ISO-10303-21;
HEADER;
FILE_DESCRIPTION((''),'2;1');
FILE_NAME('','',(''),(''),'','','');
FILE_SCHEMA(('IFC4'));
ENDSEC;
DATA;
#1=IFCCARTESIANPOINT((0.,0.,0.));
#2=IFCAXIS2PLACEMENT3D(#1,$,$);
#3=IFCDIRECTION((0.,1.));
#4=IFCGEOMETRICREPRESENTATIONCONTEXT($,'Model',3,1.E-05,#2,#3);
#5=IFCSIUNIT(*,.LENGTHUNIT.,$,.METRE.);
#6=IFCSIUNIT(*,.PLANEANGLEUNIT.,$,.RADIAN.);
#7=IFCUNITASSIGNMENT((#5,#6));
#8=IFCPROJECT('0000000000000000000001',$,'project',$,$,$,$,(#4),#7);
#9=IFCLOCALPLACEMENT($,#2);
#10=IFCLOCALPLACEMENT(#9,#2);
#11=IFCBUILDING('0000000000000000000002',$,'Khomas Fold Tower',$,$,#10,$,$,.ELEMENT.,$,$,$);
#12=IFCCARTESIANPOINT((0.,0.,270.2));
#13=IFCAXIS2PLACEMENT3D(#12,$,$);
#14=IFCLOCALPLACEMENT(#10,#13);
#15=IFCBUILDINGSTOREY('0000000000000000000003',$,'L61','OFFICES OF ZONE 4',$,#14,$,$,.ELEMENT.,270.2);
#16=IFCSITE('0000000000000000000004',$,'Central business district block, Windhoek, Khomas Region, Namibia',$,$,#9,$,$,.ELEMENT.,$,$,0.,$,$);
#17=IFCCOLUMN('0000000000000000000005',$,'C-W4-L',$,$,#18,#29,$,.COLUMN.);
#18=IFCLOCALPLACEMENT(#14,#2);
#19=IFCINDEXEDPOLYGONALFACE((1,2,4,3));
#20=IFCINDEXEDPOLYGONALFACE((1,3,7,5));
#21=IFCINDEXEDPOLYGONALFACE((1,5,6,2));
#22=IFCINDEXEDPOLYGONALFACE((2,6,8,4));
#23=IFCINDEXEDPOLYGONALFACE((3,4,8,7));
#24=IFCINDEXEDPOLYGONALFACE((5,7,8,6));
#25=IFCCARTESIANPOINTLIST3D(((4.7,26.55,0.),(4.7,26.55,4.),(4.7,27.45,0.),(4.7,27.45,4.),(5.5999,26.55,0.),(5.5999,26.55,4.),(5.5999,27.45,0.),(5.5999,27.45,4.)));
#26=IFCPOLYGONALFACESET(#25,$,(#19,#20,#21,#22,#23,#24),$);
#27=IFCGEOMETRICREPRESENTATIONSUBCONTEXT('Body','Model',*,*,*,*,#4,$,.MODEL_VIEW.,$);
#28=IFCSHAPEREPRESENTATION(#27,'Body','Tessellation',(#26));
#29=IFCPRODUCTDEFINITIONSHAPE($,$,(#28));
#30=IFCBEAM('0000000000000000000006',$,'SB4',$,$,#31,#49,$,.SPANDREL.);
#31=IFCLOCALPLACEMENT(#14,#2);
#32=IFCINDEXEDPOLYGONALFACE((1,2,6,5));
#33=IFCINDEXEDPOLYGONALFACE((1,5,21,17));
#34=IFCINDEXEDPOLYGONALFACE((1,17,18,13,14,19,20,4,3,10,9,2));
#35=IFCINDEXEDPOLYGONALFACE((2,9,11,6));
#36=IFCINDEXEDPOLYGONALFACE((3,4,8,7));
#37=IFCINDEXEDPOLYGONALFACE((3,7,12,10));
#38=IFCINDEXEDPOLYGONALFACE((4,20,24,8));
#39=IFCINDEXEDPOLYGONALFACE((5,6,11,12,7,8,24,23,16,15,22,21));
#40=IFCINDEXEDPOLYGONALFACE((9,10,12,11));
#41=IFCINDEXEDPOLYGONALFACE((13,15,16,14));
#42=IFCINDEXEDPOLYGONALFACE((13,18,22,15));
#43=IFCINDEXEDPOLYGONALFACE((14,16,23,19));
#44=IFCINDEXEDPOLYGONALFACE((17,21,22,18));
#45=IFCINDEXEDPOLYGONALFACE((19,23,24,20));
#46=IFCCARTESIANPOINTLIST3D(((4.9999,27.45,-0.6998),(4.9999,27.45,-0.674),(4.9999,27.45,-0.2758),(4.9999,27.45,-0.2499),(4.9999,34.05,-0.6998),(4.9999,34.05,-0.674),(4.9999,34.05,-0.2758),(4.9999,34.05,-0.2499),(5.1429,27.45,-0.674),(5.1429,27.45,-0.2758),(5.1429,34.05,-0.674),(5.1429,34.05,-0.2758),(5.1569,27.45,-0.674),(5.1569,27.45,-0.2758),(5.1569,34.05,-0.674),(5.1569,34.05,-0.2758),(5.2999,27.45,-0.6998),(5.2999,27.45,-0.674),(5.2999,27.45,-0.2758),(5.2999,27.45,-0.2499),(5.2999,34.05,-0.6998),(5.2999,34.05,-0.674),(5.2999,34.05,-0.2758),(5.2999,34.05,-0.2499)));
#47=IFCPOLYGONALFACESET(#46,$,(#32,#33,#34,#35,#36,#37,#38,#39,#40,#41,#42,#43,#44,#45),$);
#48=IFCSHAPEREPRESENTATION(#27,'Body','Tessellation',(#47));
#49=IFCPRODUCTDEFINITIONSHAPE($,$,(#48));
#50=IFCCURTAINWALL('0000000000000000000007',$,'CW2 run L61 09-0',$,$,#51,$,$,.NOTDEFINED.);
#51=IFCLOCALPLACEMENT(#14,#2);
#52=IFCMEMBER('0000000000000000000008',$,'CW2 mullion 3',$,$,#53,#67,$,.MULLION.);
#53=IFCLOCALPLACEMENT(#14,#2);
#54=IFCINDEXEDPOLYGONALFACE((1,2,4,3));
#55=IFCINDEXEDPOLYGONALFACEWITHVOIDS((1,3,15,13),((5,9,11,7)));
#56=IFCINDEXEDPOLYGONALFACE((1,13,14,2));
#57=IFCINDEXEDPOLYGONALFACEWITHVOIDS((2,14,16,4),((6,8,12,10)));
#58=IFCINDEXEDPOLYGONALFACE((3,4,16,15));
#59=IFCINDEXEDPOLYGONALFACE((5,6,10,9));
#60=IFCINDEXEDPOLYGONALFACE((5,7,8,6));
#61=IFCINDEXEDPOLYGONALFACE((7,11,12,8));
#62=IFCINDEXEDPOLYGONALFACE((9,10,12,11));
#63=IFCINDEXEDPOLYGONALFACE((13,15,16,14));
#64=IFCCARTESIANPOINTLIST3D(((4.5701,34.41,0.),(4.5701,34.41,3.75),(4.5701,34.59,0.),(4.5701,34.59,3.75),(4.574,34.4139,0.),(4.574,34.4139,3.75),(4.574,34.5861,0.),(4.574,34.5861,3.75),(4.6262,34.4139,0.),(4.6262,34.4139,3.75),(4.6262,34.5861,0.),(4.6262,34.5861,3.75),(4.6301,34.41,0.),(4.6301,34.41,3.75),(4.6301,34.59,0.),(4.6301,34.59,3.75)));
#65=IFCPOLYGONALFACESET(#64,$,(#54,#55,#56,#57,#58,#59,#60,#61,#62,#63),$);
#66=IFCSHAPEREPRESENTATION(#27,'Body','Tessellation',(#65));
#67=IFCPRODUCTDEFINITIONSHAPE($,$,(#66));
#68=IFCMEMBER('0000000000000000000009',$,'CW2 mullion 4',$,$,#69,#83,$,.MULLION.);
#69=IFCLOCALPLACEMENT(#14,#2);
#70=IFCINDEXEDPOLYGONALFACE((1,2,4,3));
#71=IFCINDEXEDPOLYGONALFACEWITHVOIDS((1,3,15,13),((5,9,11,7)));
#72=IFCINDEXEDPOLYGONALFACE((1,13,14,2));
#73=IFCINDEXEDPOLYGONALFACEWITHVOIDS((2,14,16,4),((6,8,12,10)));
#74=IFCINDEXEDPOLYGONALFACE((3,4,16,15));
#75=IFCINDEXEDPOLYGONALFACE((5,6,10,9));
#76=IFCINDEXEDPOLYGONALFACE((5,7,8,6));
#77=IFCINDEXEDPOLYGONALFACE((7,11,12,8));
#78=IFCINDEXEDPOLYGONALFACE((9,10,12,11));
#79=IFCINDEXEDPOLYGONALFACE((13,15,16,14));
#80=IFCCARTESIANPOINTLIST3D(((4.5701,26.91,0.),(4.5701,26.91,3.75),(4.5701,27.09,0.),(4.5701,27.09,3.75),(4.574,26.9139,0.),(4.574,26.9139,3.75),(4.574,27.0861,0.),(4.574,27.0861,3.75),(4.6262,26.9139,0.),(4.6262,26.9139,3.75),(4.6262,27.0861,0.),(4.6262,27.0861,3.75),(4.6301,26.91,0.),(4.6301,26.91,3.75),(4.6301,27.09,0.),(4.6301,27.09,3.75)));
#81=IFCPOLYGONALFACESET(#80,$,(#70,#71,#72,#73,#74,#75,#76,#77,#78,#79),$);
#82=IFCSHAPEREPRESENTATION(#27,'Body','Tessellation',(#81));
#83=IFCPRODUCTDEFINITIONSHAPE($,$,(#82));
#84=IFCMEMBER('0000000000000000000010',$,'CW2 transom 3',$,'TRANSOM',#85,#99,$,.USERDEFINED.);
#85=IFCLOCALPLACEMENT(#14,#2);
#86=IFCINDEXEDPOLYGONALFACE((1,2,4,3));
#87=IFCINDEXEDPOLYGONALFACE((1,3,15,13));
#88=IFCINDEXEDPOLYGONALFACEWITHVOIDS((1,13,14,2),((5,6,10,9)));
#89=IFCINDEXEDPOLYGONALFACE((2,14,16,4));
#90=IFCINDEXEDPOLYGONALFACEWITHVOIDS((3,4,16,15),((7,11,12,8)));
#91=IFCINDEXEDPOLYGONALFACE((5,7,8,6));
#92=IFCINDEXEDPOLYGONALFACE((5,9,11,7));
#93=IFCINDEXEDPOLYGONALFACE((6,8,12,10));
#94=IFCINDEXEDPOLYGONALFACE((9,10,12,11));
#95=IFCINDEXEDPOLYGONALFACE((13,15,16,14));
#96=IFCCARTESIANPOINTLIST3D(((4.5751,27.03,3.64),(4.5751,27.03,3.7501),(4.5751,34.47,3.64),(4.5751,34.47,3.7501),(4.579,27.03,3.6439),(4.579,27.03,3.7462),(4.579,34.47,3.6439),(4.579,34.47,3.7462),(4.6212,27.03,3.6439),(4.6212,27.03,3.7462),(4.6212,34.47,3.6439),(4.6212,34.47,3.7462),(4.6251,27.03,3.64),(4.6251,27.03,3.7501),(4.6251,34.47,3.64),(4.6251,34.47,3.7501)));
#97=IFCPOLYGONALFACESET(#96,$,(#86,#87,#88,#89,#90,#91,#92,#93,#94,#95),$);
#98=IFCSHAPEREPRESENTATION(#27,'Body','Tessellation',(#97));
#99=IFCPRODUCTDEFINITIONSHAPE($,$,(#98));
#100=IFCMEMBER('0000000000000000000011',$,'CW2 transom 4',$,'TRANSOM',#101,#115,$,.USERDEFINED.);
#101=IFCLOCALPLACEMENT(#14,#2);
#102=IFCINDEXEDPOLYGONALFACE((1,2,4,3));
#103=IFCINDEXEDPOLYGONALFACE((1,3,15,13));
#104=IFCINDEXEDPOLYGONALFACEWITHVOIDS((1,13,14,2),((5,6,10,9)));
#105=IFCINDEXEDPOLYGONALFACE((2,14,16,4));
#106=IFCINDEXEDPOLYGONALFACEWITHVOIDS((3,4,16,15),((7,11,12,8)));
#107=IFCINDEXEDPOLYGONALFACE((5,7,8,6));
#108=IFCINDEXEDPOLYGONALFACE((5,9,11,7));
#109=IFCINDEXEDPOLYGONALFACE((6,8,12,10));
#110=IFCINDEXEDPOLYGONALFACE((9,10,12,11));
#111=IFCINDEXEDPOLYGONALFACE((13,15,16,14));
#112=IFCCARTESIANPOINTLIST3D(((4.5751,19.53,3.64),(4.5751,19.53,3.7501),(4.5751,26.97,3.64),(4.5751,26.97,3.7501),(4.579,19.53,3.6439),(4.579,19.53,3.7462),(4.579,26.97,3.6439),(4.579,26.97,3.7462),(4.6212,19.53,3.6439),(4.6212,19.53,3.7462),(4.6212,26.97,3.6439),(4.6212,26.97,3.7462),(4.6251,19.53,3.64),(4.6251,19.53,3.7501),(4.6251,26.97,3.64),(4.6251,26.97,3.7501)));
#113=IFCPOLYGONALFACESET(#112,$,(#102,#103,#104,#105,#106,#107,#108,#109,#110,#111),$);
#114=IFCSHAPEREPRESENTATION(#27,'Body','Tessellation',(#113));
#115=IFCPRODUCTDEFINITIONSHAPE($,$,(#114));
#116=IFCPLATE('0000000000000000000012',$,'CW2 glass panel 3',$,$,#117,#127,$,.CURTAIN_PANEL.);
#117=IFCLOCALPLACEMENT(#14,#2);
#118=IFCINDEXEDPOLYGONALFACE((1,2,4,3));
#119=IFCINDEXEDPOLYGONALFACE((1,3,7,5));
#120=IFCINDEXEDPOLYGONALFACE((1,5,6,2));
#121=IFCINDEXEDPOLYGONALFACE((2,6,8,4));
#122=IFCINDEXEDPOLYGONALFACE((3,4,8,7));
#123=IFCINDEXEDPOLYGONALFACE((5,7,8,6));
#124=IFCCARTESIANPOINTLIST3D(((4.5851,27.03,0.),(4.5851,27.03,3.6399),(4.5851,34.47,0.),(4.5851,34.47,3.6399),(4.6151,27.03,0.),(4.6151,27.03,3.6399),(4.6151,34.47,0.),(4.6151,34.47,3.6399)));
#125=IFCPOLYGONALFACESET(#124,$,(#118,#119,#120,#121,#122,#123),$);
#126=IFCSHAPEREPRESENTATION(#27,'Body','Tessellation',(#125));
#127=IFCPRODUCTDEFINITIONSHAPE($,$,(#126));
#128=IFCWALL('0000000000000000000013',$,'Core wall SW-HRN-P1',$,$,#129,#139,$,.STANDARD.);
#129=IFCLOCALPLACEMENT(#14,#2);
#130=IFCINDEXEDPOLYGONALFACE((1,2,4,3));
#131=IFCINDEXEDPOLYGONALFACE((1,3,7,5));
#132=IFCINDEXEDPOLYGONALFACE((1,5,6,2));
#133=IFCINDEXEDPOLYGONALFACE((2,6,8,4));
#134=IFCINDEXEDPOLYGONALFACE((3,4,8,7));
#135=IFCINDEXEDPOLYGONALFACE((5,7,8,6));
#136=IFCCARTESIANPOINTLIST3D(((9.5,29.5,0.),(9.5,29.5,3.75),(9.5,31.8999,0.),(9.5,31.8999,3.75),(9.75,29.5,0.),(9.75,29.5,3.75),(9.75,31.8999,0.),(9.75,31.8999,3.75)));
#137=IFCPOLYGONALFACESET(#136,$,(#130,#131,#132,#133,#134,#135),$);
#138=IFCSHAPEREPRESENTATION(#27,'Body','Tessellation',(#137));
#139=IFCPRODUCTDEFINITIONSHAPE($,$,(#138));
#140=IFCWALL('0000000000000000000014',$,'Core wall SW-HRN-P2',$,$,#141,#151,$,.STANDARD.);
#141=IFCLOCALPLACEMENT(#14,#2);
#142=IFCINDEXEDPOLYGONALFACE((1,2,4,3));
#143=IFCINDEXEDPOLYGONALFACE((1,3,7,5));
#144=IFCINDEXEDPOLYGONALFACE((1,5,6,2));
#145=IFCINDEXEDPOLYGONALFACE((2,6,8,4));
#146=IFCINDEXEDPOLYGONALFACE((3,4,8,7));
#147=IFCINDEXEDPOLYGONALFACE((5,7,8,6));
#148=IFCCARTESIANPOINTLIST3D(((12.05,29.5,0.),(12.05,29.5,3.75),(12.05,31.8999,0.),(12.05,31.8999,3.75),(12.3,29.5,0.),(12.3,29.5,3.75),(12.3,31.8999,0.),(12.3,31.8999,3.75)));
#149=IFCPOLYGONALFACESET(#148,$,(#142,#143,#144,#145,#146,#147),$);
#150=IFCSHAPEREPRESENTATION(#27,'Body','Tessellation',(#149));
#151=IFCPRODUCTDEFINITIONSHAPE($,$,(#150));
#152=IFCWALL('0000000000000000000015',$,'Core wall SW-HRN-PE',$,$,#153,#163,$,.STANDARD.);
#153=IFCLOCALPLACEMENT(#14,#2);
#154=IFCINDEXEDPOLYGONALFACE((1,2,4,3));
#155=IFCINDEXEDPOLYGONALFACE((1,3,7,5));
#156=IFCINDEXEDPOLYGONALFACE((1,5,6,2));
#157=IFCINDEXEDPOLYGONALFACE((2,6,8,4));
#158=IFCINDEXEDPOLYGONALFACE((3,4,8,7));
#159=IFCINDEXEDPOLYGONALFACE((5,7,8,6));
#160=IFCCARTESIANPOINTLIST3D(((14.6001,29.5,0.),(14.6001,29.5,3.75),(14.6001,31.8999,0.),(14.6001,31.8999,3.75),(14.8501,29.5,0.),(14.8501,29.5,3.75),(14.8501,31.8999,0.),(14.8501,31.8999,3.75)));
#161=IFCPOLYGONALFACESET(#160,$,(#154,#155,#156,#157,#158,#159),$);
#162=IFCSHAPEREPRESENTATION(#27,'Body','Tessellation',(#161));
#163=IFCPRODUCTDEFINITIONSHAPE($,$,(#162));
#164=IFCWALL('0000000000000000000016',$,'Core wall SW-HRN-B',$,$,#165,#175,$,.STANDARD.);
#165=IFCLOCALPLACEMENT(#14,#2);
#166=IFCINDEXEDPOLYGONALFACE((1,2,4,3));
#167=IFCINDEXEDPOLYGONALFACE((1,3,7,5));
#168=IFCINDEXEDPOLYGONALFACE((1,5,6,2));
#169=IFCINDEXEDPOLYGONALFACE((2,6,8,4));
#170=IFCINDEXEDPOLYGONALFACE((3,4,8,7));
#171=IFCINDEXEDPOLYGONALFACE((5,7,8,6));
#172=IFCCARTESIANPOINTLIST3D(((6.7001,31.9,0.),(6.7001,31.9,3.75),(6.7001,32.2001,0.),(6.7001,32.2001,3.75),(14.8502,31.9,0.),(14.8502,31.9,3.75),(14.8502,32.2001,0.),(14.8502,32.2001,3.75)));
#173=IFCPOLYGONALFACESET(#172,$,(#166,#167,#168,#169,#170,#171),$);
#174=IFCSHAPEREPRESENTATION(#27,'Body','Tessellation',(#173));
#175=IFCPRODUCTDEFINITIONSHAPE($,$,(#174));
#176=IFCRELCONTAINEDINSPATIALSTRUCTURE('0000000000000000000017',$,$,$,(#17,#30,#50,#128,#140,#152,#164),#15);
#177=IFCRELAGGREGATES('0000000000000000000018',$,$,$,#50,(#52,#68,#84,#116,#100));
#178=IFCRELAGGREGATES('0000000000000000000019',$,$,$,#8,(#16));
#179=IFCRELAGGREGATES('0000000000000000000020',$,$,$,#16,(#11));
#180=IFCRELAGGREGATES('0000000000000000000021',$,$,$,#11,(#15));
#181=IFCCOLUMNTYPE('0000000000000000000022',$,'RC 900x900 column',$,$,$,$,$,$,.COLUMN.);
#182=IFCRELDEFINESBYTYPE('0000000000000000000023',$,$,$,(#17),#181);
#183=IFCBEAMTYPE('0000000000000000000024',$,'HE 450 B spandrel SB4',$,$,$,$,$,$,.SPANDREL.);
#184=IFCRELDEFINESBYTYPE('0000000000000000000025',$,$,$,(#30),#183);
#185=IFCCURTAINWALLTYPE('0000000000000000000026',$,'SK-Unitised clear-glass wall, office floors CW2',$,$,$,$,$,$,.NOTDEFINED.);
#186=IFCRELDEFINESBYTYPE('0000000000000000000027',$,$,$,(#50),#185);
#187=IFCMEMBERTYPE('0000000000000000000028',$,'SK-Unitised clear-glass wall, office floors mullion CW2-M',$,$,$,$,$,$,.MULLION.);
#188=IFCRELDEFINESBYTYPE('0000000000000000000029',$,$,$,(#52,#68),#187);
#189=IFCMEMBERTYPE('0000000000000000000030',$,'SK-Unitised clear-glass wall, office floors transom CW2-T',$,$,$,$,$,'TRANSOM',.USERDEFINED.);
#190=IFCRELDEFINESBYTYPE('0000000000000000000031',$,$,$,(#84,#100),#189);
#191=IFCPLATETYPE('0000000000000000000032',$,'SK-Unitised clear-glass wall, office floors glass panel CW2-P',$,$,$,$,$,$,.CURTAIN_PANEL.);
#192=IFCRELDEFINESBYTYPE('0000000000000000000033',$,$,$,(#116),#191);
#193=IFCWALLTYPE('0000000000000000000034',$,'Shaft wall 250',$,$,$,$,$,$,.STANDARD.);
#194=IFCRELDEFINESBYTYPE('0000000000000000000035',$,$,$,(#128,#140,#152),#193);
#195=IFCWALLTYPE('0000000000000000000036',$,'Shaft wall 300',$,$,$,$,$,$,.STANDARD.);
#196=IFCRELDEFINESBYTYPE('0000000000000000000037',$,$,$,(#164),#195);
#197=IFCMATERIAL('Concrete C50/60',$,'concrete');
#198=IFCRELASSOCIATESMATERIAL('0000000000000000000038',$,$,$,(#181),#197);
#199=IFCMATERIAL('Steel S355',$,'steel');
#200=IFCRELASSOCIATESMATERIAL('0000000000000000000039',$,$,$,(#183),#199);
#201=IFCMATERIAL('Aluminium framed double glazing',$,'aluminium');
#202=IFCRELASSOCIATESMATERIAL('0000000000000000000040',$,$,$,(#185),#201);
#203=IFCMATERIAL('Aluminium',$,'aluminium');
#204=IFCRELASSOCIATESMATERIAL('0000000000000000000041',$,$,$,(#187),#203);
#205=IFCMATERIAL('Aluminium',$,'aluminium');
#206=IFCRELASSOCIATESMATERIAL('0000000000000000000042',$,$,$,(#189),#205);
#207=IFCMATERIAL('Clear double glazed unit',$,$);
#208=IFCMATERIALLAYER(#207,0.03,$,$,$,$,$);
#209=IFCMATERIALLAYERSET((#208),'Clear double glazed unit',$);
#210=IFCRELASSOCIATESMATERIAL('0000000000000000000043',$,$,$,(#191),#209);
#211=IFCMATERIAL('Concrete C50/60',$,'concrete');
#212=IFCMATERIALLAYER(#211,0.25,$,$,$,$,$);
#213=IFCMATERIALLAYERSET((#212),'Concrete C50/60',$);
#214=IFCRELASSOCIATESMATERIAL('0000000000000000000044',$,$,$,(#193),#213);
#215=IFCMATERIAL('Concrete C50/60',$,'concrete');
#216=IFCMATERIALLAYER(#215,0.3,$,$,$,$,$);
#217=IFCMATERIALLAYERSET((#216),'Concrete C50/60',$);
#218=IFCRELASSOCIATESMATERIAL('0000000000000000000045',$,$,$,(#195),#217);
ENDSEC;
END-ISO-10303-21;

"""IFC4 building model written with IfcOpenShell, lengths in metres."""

from ifc_helpers import new_model, si_unit, direction, frame, frame_2d, origin, origin_2d, place, context, subcontext, project, spatial, rectangle, hollow_rectangle, i_section, extrude, source, transform, mapped, material, layer, layer_set, material_profile, profile_set, type_object, element, aggregate, save


model = new_model("IFC4")

# Units and contexts
model_context = context("Model", 3, precision=1e-05, world=origin(), true_north=direction((0.0, 1.0)))
body_context = subcontext(model_context, "Body", "Model", "MODEL_VIEW")
ifc_project = project(units=[si_unit("LENGTHUNIT", "METRE"), si_unit("PLANEANGLEUNIT", "RADIAN")], contexts=[model_context])

# Site, building, storey
site_placement = place(None, origin())
site = spatial("IfcSite", under=ifc_project, at=site_placement, Name="Central business district block, Windhoek, Khomas Region, Namibia", CompositionType="ELEMENT", RefElevation=0.0)
building_placement = place(site_placement, origin())
building = spatial("IfcBuilding", under=site, at=building_placement, Name="Khomas Fold Tower", CompositionType="ELEMENT")
storey_placement = place(building_placement, frame((0.0, 0.0, 270.2)))
storey = spatial("IfcBuildingStorey", under=building, at=storey_placement, Name="L61", Description="OFFICES OF ZONE 4", CompositionType="ELEMENT", Elevation=270.2)

# Column
ifc_material_1 = material(Name="Concrete C50/60", Category="concrete")
ifc_material_profile_1 = material_profile(ifc_material_1, rectangle(XDim=0.8999, YDim=0.8999, at=origin_2d()), Name="RC 900x900")
ifc_profile_set_1 = profile_set([ifc_material_profile_1], Name="Concrete C50/60")
column_type = type_object("IfcColumnType", Name="RC 900x900 column", PredefinedType="COLUMN", material=ifc_profile_set_1)
shared_shape_1 = source(origin(), body_context, "Body", "SweptSolid", [
    extrude(rectangle(XDim=0.8999, YDim=0.8999, at=origin_2d()), origin(), (0.0, 0.0, 1.0), 4.0),
])
column_placement = place(storey_placement, frame((5.1499, 27.0, 0.0), z_axis=(0.0, 0.0, 1.0), x_axis=(1.0, 0.0, 0.0)))
element("IfcColumn", 1, at=column_placement, inside=storey, type_object=column_type, Name="C-W4-L", PredefinedType="COLUMN", context=body_context, shape_type="MappedRepresentation", body=[
    mapped(shared_shape_1, transform((0.0, 0.0, 0.0))),
])

# Beam
ifc_material_2 = material(Name="Steel S355", Category="steel")
ifc_material_profile_2 = material_profile(ifc_material_2, i_section(OverallWidth=0.3, OverallDepth=0.45, WebThickness=0.0139, FlangeThickness=0.0259, at=origin_2d()), Name="HE 450 B")
ifc_profile_set_2 = profile_set([ifc_material_profile_2], Name="Steel S355")
beam_type = type_object("IfcBeamType", Name="HE 450 B spandrel SB4", PredefinedType="SPANDREL", material=ifc_profile_set_2)
shared_shape_2 = source(origin(), body_context, "Body", "SweptSolid", [
    extrude(i_section(OverallWidth=0.3, OverallDepth=0.45, WebThickness=0.0139, FlangeThickness=0.0259, at=origin_2d()), origin(), (0.0, 0.0, 1.0), 6.6001),
])
beam_placement = place(storey_placement, frame((5.1499, 27.45, -0.4749), z_axis=(0.0, 1.0, 0.0), x_axis=(-1.0, 0.0, 0.0)))
element("IfcBeam", 2, at=beam_placement, inside=storey, type_object=beam_type, Name="SB4", PredefinedType="SPANDREL", context=body_context, shape_type="MappedRepresentation", body=[
    mapped(shared_shape_2, transform((0.0, 0.0, 0.0))),
])

# Curtain wall, members, plate
ifc_material_3 = material(Name="Aluminium framed double glazing", Category="aluminium")
curtain_wall_type = type_object("IfcCurtainWallType", Name="SK-Unitised clear-glass wall, office floors CW2", PredefinedType="NOTDEFINED", material=ifc_material_3)
curtain_wall_placement = place(storey_placement, origin())
curtain_wall = element("IfcCurtainWall", 3, at=curtain_wall_placement, inside=storey, type_object=curtain_wall_type, Name="CW2 run L61 09-0", PredefinedType="NOTDEFINED")
ifc_material_4 = material(Name="Aluminium", Category="aluminium")
ifc_material_profile_3 = material_profile(ifc_material_4, hollow_rectangle(XDim=0.0601, YDim=0.1799, WallThickness=0.0039, at=origin_2d()), Name="SK-Unitised clear-glass wall, office floors mullion CW2-M")
ifc_profile_set_3 = profile_set([ifc_material_profile_3], Name="Aluminium")
member_type_1 = type_object("IfcMemberType", Name="SK-Unitised clear-glass wall, office floors mullion CW2-M", PredefinedType="MULLION", material=ifc_profile_set_3)
shared_shape_3 = source(origin(), body_context, "Body", "SweptSolid", [
    extrude(hollow_rectangle(XDim=0.0601, YDim=0.1799, WallThickness=0.0039, at=origin_2d()), origin(), (0.0, 0.0, 1.0), 3.75),
])
member_1_placement = place(storey_placement, frame((4.6001, 34.5, 0.0), z_axis=(0.0, 0.0, 1.0), x_axis=(1.0, 0.0, 0.0)))
member_1 = element("IfcMember", 4, at=member_1_placement, type_object=member_type_1, Name="CW2 mullion 3", PredefinedType="MULLION", context=body_context, shape_type="MappedRepresentation", body=[
    mapped(shared_shape_3, transform((0.0, 0.0, 0.0))),
])
member_2_placement = place(storey_placement, frame((4.6001, 27.0, 0.0), z_axis=(0.0, 0.0, 1.0), x_axis=(1.0, 0.0, 0.0)))
member_2 = element("IfcMember", 5, at=member_2_placement, type_object=member_type_1, Name="CW2 mullion 4", PredefinedType="MULLION", context=body_context, shape_type="MappedRepresentation", body=[
    mapped(shared_shape_3, transform((0.0, 0.0, 0.0))),
])
ifc_material_5 = material(Name="Aluminium", Category="aluminium")
ifc_material_profile_4 = material_profile(ifc_material_5, hollow_rectangle(XDim=0.05, YDim=0.1101, WallThickness=0.0039, at=origin_2d()), Name="SK-Unitised clear-glass wall, office floors transom CW2-T")
ifc_profile_set_4 = profile_set([ifc_material_profile_4], Name="Aluminium")
member_type_2 = type_object("IfcMemberType", Name="SK-Unitised clear-glass wall, office floors transom CW2-T", ElementType="TRANSOM", PredefinedType="USERDEFINED", material=ifc_profile_set_4)
shared_shape_4 = source(origin(), body_context, "Body", "SweptSolid", [
    extrude(hollow_rectangle(XDim=0.05, YDim=0.1101, WallThickness=0.0039, at=origin_2d()), origin(), (0.0, 0.0, 1.0), 7.4399),
])
member_3_placement = place(storey_placement, frame((4.6001, 34.47, 3.6951), z_axis=(0.0, -1.0, 0.0), x_axis=(1.0, 0.0, 0.0)))
member_3 = element("IfcMember", 6, at=member_3_placement, type_object=member_type_2, Name="CW2 transom 3", ObjectType="TRANSOM", PredefinedType="USERDEFINED", context=body_context, shape_type="MappedRepresentation", body=[
    mapped(shared_shape_4, transform((0.0, 0.0, 0.0))),
])
member_4_placement = place(storey_placement, frame((4.6001, 26.97, 3.6951), z_axis=(0.0, -1.0, 0.0), x_axis=(1.0, 0.0, 0.0)))
member_4 = element("IfcMember", 7, at=member_4_placement, type_object=member_type_2, Name="CW2 transom 4", ObjectType="TRANSOM", PredefinedType="USERDEFINED", context=body_context, shape_type="MappedRepresentation", body=[
    mapped(shared_shape_4, transform((0.0, 0.0, 0.0))),
])
ifc_material_6 = material(Name="Clear double glazed unit")
ifc_layer_1 = layer(ifc_material_6, 0.03)
ifc_layer_set_1 = layer_set([ifc_layer_1], Name="Clear double glazed unit")
plate_type = type_object("IfcPlateType", Name="SK-Unitised clear-glass wall, office floors glass panel CW2-P", PredefinedType="CURTAIN_PANEL", material=ifc_layer_set_1)
shared_shape_5 = source(origin(), body_context, "Body", "SweptSolid", [
    extrude(rectangle(XDim=7.4399, YDim=0.03, at=origin_2d()), origin(), (0.0, 0.0, 1.0), 3.6399),
])
plate_placement = place(storey_placement, frame((4.6001, 30.75, 0.0), z_axis=(0.0, 0.0, 1.0), x_axis=(0.0, -1.0, 0.0)))
plate = element("IfcPlate", 8, at=plate_placement, type_object=plate_type, Name="CW2 glass panel 3", PredefinedType="CURTAIN_PANEL", context=body_context, shape_type="MappedRepresentation", body=[
    mapped(shared_shape_5, transform((0.0, 0.0, 0.0))),
])
aggregate(curtain_wall, [member_1, member_2, member_3, plate, member_4])

# Walls
ifc_material_7 = material(Name="Concrete C50/60", Category="concrete")
ifc_layer_2 = layer(ifc_material_7, 0.25)
ifc_layer_set_2 = layer_set([ifc_layer_2], Name="Concrete C50/60")
wall_type_1 = type_object("IfcWallType", Name="Shaft wall 250", PredefinedType="STANDARD", material=ifc_layer_set_2)
shared_shape_6 = source(origin(), body_context, "Body", "SweptSolid", [
    extrude(rectangle(XDim=2.3999, YDim=0.25, at=frame_2d((1.2, 0.0))), origin(), (0.0, 0.0, 1.0), 3.75),
])
for number, where, z_axis, x_axis, name in (
    (9, (9.625, 29.5, 0.0), (0.0, 0.0, 1.0), (0.0, 1.0, 0.0), "Core wall SW-HRN-P1"),
    (10, (12.175, 29.5, 0.0), (0.0, 0.0, 1.0), (0.0, 1.0, 0.0), "Core wall SW-HRN-P2"),
    (11, (14.7251, 29.5, 0.0), (0.0, 0.0, 1.0), (0.0, 1.0, 0.0), "Core wall SW-HRN-PE"),
):
    element("IfcWall", number, at=place(storey_placement, frame(where, z_axis=z_axis, x_axis=x_axis)), inside=storey, type_object=wall_type_1, Name=name, PredefinedType="STANDARD", context=body_context, shape_type="MappedRepresentation", body=[
        mapped(shared_shape_6, transform((0.0, 0.0, 0.0))),
    ])
ifc_material_8 = material(Name="Concrete C50/60", Category="concrete")
ifc_layer_3 = layer(ifc_material_8, 0.3)
ifc_layer_set_3 = layer_set([ifc_layer_3], Name="Concrete C50/60")
wall_type_2 = type_object("IfcWallType", Name="Shaft wall 300", PredefinedType="STANDARD", material=ifc_layer_set_3)
shared_shape_7 = source(origin(), body_context, "Body", "SweptSolid", [
    extrude(rectangle(XDim=8.1501, YDim=0.3, at=frame_2d((4.0752, 0.0))), origin(), (0.0, 0.0, 1.0), 3.75),
])
wall_1_placement = place(storey_placement, frame((6.7, 32.05, 0.0), z_axis=(0.0, 0.0, 1.0), x_axis=(1.0, 0.0, 0.0)))
element("IfcWall", 12, at=wall_1_placement, inside=storey, type_object=wall_type_2, Name="Core wall SW-HRN-B", PredefinedType="STANDARD", context=body_context, shape_type="MappedRepresentation", body=[
    mapped(shared_shape_7, transform((0.0, 0.0, 0.0))),
])

save(model, "model.ifc")
